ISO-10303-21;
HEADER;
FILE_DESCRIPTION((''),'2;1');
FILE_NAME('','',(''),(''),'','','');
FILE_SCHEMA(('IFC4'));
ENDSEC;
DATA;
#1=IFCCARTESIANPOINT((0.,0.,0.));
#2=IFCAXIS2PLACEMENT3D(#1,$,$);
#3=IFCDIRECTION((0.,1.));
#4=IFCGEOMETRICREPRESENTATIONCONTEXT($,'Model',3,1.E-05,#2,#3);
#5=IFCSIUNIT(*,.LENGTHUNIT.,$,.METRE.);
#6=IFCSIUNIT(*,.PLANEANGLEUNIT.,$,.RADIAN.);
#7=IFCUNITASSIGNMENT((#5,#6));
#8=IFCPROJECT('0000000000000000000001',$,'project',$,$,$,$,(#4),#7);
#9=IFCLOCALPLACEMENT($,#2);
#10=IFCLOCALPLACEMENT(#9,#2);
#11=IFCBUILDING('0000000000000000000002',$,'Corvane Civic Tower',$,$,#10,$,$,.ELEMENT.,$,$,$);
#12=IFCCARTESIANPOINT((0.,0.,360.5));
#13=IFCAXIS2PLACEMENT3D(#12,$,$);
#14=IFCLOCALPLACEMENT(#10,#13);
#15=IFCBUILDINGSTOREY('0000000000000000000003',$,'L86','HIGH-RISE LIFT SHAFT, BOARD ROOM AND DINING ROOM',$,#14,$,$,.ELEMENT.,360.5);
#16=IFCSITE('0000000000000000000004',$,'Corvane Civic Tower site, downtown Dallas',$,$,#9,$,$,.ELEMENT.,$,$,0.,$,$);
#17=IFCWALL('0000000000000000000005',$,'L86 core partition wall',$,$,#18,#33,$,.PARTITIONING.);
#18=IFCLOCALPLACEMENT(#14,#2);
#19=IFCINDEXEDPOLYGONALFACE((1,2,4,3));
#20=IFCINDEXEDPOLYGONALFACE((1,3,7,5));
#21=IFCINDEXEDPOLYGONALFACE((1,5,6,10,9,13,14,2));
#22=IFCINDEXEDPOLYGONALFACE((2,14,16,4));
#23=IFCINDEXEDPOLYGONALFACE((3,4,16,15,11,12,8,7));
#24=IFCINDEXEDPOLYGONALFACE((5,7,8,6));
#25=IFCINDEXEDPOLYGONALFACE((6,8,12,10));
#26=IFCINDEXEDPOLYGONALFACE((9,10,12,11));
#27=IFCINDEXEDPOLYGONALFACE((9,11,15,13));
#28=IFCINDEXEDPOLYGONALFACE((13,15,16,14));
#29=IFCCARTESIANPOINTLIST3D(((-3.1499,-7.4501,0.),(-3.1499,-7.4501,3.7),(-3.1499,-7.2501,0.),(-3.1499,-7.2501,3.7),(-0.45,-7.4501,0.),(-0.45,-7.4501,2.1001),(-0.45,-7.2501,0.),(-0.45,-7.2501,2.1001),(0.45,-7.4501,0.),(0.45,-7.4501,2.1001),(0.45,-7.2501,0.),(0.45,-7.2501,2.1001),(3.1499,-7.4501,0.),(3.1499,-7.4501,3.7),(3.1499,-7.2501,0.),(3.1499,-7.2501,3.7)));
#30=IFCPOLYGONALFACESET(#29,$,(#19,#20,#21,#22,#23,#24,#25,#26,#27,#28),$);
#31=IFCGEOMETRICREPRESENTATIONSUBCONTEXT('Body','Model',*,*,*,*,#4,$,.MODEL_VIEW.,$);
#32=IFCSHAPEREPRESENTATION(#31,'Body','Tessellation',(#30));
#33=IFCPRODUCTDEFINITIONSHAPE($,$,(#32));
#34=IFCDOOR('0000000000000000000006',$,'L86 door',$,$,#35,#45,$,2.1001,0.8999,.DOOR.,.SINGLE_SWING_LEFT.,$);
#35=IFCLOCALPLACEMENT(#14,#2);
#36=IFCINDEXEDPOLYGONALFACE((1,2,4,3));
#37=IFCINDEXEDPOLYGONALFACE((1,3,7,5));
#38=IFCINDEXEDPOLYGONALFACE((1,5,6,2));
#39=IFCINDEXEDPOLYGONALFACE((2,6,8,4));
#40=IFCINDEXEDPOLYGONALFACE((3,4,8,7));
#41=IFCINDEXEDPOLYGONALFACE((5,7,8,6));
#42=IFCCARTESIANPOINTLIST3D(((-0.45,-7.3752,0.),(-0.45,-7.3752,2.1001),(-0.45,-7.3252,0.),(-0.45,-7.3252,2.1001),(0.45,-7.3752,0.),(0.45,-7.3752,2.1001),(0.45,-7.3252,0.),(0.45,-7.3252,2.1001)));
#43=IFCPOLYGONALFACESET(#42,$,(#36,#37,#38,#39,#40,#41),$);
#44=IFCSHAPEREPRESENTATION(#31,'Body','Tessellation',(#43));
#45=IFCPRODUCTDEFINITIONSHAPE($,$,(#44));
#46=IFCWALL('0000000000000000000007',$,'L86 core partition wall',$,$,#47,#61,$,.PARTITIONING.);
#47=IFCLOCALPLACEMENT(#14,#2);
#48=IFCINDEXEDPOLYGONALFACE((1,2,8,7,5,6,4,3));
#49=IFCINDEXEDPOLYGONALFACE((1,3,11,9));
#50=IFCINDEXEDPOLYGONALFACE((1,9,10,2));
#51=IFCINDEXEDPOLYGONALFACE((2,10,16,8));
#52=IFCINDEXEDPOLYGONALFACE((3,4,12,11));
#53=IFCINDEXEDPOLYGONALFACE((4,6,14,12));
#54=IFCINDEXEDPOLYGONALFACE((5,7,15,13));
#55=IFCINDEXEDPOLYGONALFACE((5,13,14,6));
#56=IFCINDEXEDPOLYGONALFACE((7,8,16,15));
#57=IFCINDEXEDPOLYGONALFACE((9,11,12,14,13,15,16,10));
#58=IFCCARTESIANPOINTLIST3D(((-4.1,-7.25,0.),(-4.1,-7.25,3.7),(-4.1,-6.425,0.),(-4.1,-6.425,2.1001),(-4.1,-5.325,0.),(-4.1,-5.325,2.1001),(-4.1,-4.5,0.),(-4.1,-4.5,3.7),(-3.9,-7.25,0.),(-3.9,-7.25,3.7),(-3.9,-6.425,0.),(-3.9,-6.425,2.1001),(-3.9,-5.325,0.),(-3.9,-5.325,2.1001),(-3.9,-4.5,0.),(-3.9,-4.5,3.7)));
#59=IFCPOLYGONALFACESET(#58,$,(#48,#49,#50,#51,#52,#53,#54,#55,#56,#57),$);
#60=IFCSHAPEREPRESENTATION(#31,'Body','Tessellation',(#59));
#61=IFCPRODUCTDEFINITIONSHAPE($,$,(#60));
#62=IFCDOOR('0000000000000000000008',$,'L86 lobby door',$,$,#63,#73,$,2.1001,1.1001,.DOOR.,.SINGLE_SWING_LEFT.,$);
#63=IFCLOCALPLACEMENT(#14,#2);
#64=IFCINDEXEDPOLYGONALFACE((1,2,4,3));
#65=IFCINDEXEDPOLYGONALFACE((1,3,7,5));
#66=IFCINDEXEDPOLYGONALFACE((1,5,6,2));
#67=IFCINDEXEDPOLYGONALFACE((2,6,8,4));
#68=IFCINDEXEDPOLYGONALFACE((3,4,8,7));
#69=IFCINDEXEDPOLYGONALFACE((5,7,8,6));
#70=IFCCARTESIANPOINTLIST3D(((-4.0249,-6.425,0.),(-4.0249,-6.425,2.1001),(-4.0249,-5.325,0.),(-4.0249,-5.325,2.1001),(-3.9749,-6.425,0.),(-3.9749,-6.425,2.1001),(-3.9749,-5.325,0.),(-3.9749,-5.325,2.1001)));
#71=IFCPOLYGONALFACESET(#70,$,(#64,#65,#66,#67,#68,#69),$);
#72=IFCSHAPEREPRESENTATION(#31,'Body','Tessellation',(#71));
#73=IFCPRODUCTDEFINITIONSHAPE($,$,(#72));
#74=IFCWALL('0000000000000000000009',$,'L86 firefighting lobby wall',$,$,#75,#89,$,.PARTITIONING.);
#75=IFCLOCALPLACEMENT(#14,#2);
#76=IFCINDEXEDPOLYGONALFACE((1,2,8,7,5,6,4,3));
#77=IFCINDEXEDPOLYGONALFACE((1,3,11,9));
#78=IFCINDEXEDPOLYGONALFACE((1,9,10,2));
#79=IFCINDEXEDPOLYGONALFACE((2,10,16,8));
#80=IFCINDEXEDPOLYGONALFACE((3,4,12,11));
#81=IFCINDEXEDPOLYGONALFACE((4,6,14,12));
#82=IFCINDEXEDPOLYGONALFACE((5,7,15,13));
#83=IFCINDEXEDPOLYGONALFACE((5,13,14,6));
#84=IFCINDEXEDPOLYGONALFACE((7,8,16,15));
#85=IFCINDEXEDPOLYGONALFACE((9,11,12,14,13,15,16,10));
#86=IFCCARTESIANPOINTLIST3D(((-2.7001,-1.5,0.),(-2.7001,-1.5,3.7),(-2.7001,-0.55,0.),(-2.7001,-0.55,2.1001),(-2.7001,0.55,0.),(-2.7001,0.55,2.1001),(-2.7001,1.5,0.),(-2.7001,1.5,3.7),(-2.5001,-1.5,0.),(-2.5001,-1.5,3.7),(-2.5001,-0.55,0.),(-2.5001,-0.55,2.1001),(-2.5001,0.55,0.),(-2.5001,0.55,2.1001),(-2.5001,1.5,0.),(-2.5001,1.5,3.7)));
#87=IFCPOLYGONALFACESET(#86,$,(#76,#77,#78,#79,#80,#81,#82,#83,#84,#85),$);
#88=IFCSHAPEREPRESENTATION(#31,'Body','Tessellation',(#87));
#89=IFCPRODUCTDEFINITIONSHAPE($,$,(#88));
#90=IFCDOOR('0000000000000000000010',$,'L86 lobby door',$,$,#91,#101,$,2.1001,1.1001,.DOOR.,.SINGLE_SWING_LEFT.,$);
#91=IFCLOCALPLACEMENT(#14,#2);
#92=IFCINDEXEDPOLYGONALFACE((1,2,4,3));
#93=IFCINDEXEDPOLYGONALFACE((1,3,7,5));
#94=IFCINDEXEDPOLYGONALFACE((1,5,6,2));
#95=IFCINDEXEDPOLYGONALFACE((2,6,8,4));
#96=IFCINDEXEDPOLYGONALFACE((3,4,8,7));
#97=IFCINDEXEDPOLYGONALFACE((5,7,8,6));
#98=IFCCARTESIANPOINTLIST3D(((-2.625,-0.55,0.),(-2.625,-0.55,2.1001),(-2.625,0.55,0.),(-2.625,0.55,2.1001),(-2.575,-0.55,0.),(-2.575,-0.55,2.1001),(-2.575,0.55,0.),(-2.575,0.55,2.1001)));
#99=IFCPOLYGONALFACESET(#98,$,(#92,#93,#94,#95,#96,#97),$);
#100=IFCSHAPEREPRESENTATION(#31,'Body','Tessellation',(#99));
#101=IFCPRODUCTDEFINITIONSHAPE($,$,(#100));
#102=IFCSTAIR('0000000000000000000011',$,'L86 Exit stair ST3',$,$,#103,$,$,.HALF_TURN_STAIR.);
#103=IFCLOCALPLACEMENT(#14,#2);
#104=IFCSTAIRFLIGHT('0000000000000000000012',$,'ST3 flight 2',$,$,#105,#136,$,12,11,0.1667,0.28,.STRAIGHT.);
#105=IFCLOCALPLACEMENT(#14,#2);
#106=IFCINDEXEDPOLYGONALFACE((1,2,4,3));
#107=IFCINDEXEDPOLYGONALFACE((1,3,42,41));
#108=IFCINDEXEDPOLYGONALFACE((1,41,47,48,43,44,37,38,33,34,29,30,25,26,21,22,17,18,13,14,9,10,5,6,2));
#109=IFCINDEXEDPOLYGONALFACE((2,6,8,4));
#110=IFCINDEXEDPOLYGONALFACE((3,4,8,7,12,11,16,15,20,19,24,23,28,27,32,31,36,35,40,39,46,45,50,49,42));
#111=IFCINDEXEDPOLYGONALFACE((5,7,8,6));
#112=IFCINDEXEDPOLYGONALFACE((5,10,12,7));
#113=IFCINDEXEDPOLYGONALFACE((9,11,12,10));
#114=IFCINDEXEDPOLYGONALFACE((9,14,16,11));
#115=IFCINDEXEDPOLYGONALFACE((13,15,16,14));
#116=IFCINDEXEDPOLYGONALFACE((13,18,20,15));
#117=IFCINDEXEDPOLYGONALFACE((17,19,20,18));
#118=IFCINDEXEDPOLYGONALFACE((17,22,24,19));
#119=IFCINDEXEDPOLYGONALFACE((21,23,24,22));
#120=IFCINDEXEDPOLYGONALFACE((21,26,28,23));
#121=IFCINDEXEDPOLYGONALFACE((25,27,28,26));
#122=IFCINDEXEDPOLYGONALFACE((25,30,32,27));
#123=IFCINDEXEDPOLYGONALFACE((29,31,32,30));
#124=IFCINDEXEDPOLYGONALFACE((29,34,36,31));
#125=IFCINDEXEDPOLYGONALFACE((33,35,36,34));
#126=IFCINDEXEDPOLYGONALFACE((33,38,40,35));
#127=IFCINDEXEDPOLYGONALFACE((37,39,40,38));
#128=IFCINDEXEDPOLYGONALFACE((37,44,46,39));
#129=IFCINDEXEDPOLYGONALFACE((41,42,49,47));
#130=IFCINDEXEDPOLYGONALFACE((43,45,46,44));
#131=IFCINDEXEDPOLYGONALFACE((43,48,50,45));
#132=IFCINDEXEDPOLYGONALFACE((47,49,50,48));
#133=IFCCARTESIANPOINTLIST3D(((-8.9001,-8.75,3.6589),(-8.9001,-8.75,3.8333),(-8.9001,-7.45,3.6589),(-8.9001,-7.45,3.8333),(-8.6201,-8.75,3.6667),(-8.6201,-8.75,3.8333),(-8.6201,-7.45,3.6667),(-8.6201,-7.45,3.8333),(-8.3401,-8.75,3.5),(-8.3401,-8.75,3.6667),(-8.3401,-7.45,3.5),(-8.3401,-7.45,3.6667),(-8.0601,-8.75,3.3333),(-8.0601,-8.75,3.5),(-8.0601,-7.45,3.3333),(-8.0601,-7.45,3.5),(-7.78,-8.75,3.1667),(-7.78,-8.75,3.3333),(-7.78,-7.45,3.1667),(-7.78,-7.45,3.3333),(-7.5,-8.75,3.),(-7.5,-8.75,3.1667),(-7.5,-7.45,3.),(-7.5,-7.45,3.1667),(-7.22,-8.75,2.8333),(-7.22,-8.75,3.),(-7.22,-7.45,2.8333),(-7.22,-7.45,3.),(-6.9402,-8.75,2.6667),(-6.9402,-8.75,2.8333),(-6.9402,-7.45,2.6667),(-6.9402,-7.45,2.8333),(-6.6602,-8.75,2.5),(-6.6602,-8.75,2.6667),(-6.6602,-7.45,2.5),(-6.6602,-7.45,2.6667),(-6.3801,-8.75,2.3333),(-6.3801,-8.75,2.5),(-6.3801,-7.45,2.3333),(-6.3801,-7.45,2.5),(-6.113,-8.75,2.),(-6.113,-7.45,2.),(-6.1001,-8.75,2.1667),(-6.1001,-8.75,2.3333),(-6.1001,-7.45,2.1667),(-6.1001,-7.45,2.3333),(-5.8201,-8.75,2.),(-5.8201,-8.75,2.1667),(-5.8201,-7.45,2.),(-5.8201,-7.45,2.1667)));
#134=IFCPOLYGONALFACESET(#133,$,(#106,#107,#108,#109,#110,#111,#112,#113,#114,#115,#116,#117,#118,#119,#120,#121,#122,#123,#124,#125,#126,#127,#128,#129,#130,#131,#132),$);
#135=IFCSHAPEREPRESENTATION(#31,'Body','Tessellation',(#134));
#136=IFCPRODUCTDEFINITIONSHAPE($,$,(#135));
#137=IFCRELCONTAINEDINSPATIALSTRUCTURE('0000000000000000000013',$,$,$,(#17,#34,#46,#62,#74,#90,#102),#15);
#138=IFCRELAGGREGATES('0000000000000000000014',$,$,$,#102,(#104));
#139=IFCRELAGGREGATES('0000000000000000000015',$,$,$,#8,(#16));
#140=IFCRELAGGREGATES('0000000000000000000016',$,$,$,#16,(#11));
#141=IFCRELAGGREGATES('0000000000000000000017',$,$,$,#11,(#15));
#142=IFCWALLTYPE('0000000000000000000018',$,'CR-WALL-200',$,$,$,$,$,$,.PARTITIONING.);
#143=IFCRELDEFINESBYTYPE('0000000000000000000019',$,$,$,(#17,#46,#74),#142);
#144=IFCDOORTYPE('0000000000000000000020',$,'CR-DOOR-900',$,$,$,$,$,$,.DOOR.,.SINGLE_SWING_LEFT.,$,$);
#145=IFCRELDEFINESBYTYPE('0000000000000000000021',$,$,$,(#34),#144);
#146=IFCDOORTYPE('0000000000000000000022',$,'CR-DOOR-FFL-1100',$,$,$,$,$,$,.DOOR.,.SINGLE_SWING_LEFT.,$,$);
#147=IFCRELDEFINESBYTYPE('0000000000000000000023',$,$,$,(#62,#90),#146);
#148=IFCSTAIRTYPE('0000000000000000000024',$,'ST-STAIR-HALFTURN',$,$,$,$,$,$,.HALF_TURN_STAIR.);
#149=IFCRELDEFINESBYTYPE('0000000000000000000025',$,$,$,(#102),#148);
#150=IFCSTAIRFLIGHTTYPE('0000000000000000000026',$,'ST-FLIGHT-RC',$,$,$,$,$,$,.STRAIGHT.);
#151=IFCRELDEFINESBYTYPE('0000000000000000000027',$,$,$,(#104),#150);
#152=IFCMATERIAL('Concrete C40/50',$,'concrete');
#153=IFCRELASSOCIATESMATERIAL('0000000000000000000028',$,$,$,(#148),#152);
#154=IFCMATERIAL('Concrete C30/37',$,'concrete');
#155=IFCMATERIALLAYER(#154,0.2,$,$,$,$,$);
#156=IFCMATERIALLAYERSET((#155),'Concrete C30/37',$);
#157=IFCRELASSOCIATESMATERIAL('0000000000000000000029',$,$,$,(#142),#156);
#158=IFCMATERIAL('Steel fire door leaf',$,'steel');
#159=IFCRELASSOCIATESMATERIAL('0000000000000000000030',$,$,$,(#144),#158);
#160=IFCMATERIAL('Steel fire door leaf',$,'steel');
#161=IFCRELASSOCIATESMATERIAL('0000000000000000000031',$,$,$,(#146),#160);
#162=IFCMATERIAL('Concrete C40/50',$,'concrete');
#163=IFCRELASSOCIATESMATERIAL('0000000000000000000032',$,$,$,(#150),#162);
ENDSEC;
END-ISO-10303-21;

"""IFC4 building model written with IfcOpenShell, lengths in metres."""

from ifc_helpers import new_model, si_unit, direction, frame, frame_2d, origin, place, context, subcontext, project, spatial, polyline, rectangle, outline, extrude, material, layer, layer_set, type_object, element, fill, aggregate, save


model = new_model("IFC4")

# Units and contexts
model_context = context("Model", 3, precision=1e-05, world=origin(), true_north=direction((0.0, 1.0)))
body_context = subcontext(model_context, "Body", "Model", "MODEL_VIEW")
ifc_project = project(units=[si_unit("LENGTHUNIT", "METRE"), si_unit("PLANEANGLEUNIT", "RADIAN")], contexts=[model_context])

# Site, building, storey
site_placement = place(None, origin())
site = spatial("IfcSite", under=ifc_project, at=site_placement, Name="Corvane Civic Tower site, downtown Dallas", CompositionType="ELEMENT", RefElevation=0.0)
building_placement = place(site_placement, origin())
building = spatial("IfcBuilding", under=site, at=building_placement, Name="Corvane Civic Tower", CompositionType="ELEMENT")
storey_placement = place(building_placement, frame((0.0, 0.0, 360.5)))
storey = spatial("IfcBuildingStorey", under=building, at=storey_placement, Name="L86", Description="HIGH-RISE LIFT SHAFT, BOARD ROOM AND DINING ROOM", CompositionType="ELEMENT", Elevation=360.5)

# Shared definitions
ifc_material_1 = material(Name="Concrete C40/50", Category="concrete")
stair_type = type_object("IfcStairType", Name="ST-STAIR-HALFTURN", PredefinedType="HALF_TURN_STAIR", material=ifc_material_1)

# Walls, openings, doors
ifc_material_2 = material(Name="Concrete C30/37", Category="concrete")
ifc_layer_1 = layer(ifc_material_2, 0.2)
ifc_layer_set_1 = layer_set([ifc_layer_1], Name="Concrete C30/37")
wall_type = type_object("IfcWallType", Name="CR-WALL-200", PredefinedType="PARTITIONING", material=ifc_layer_set_1)
wall_1_placement = place(storey_placement, frame((-3.1499, -7.3501, 0.0), z_axis=(0.0, 0.0, 1.0), x_axis=(1.0, 0.0, 0.0)))
wall_1 = element("IfcWall", 1, at=wall_1_placement, inside=storey, type_object=wall_type, Name="L86 core partition wall", PredefinedType="PARTITIONING", context=body_context, shape_type="SweptSolid", body=[
    extrude(rectangle(XDim=6.2998, YDim=0.2, at=frame_2d((3.1499, 0.0))), origin(), (0.0, 0.0, 1.0), 3.7),
])
opening_1_placement = place(wall_1_placement, frame((2.7, 0.0, 0.0)))
opening_1 = element("IfcOpeningElement", 2, at=opening_1_placement, cuts=wall_1, PredefinedType="OPENING", context=body_context, shape_type="SweptSolid", body=[
    extrude(rectangle(XDim=0.8999, YDim=2.1001, at=frame_2d((0.45, 1.05))), frame((0.0, 0.1099, 0.0), z_axis=(0.0, -1.0, 0.0), x_axis=(1.0, 0.0, 0.0)), (0.0, 0.0, 1.0), 0.22),
])
ifc_material_3 = material(Name="Steel fire door leaf", Category="steel")
door_type_1 = type_object("IfcDoorType", Name="CR-DOOR-900", OperationType="SINGLE_SWING_LEFT", PredefinedType="DOOR", material=ifc_material_3)
door_1_placement = place(opening_1_placement, origin())
door_1 = element("IfcDoor", 3, at=door_1_placement, inside=storey, type_object=door_type_1, Name="L86 door", OperationType="SINGLE_SWING_LEFT", OverallHeight=2.1001, OverallWidth=0.8999, PredefinedType="DOOR", context=body_context, shape_type="SweptSolid", body=[
    extrude(rectangle(XDim=0.8999, YDim=2.1001, at=frame_2d((0.45, 1.05))), frame((0.0, 0.0249, 0.0), z_axis=(0.0, -1.0, 0.0), x_axis=(1.0, 0.0, 0.0)), (0.0, 0.0, 1.0), 0.05),
])
fill(opening_1, door_1)
wall_2_placement = place(storey_placement, frame((-4.0, -7.25, 0.0), z_axis=(0.0, 0.0, 1.0), x_axis=(0.0, 1.0, 0.0)))
wall_2 = element("IfcWall", 4, at=wall_2_placement, inside=storey, type_object=wall_type, Name="L86 core partition wall", PredefinedType="PARTITIONING", context=body_context, shape_type="SweptSolid", body=[
    extrude(rectangle(XDim=2.75, YDim=0.2, at=frame_2d((1.375, 0.0))), origin(), (0.0, 0.0, 1.0), 3.7),
])
opening_2_placement = place(wall_2_placement, frame((0.825, 0.0, 0.0)))
opening_2 = element("IfcOpeningElement", 5, at=opening_2_placement, cuts=wall_2, PredefinedType="OPENING", context=body_context, shape_type="SweptSolid", body=[
    extrude(rectangle(XDim=1.1001, YDim=2.1001, at=frame_2d((0.55, 1.05))), frame((0.0, 0.1099, 0.0), z_axis=(0.0, -1.0, 0.0), x_axis=(1.0, 0.0, 0.0)), (0.0, 0.0, 1.0), 0.22),
])
ifc_material_4 = material(Name="Steel fire door leaf", Category="steel")
door_type_2 = type_object("IfcDoorType", Name="CR-DOOR-FFL-1100", OperationType="SINGLE_SWING_LEFT", PredefinedType="DOOR", material=ifc_material_4)
door_2_placement = place(opening_2_placement, origin())
door_2 = element("IfcDoor", 6, at=door_2_placement, inside=storey, type_object=door_type_2, Name="L86 lobby door", OperationType="SINGLE_SWING_LEFT", OverallHeight=2.1001, OverallWidth=1.1001, PredefinedType="DOOR", context=body_context, shape_type="SweptSolid", body=[
    extrude(rectangle(XDim=1.1001, YDim=2.1001, at=frame_2d((0.55, 1.05))), frame((0.0, 0.0249, 0.0), z_axis=(0.0, -1.0, 0.0), x_axis=(1.0, 0.0, 0.0)), (0.0, 0.0, 1.0), 0.05),
])
fill(opening_2, door_2)
wall_3_placement = place(storey_placement, frame((-2.6001, -1.5, 0.0), z_axis=(0.0, 0.0, 1.0), x_axis=(0.0, 1.0, 0.0)))
wall_3 = element("IfcWall", 7, at=wall_3_placement, inside=storey, type_object=wall_type, Name="L86 firefighting lobby wall", PredefinedType="PARTITIONING", context=body_context, shape_type="SweptSolid", body=[
    extrude(rectangle(XDim=3.0, YDim=0.2, at=frame_2d((1.5, 0.0))), origin(), (0.0, 0.0, 1.0), 3.7),
])
opening_3_placement = place(wall_3_placement, frame((0.95, 0.0, 0.0)))
opening_3 = element("IfcOpeningElement", 8, at=opening_3_placement, cuts=wall_3, PredefinedType="OPENING", context=body_context, shape_type="SweptSolid", body=[
    extrude(rectangle(XDim=1.1001, YDim=2.1001, at=frame_2d((0.55, 1.05))), frame((0.0, 0.1099, 0.0), z_axis=(0.0, -1.0, 0.0), x_axis=(1.0, 0.0, 0.0)), (0.0, 0.0, 1.0), 0.22),
])
door_3_placement = place(opening_3_placement, origin())
door_3 = element("IfcDoor", 9, at=door_3_placement, inside=storey, type_object=door_type_2, Name="L86 lobby door", OperationType="SINGLE_SWING_LEFT", OverallHeight=2.1001, OverallWidth=1.1001, PredefinedType="DOOR", context=body_context, shape_type="SweptSolid", body=[
    extrude(rectangle(XDim=1.1001, YDim=2.1001, at=frame_2d((0.55, 1.05))), frame((0.0, 0.0249, 0.0), z_axis=(0.0, -1.0, 0.0), x_axis=(1.0, 0.0, 0.0)), (0.0, 0.0, 1.0), 0.05),
])
fill(opening_3, door_3)

# Stair, stair flight
stair_1_placement = place(storey_placement, origin())
stair_1 = element("IfcStair", 10, at=stair_1_placement, inside=storey, type_object=stair_type, Name="L86 Exit stair ST3", PredefinedType="HALF_TURN_STAIR")
ifc_material_5 = material(Name="Concrete C40/50", Category="concrete")
stair_flight_type = type_object("IfcStairFlightType", Name="ST-FLIGHT-RC", PredefinedType="STRAIGHT", material=ifc_material_5)
stair_flight_placement = place(storey_placement, frame((-5.8201, -8.1001, 2.0), z_axis=(0.0, 0.0, 1.0), x_axis=(-1.0, 0.0, 0.0)))
stair_flight = element("IfcStairFlight", 11, at=stair_flight_placement, type_object=stair_flight_type, Name="ST3 flight 2", NumberOfRisers=12, NumberOfTreads=11, PredefinedType="STRAIGHT", RiserHeight=0.1667, TreadLength=0.28, context=body_context, shape_type="SweptSolid", body=[
    extrude(outline(polyline([(0.0, 0.0), (0.0, 0.1667), (0.28, 0.1667), (0.28, 0.3333), (0.5601, 0.3333), (0.5601, 0.5), (0.8401, 0.5), (0.8401, 0.6667), (1.1201, 0.6667), (1.1201, 0.8333), (1.3999, 0.8333), (1.3999, 1.0), (1.6799, 1.0), (1.6799, 1.1667), (1.96, 1.1667), (1.96, 1.3333), (2.24, 1.3333), (2.24, 1.5), (2.52, 1.5), (2.52, 1.6667), (2.8, 1.6667), (2.8, 1.8333), (3.0801, 1.8333), (3.0801, 2.0), (3.0801, 1.6589), (0.293, 0.0), (0.0, 0.0)])), frame((0.0, 0.6499, 0.0), z_axis=(0.0, -1.0, 0.0), x_axis=(1.0, 0.0, 0.0)), (0.0, 0.0, 1.0), 1.3),
])
aggregate(stair_1, [stair_flight])

save(model, "model.ifc")
